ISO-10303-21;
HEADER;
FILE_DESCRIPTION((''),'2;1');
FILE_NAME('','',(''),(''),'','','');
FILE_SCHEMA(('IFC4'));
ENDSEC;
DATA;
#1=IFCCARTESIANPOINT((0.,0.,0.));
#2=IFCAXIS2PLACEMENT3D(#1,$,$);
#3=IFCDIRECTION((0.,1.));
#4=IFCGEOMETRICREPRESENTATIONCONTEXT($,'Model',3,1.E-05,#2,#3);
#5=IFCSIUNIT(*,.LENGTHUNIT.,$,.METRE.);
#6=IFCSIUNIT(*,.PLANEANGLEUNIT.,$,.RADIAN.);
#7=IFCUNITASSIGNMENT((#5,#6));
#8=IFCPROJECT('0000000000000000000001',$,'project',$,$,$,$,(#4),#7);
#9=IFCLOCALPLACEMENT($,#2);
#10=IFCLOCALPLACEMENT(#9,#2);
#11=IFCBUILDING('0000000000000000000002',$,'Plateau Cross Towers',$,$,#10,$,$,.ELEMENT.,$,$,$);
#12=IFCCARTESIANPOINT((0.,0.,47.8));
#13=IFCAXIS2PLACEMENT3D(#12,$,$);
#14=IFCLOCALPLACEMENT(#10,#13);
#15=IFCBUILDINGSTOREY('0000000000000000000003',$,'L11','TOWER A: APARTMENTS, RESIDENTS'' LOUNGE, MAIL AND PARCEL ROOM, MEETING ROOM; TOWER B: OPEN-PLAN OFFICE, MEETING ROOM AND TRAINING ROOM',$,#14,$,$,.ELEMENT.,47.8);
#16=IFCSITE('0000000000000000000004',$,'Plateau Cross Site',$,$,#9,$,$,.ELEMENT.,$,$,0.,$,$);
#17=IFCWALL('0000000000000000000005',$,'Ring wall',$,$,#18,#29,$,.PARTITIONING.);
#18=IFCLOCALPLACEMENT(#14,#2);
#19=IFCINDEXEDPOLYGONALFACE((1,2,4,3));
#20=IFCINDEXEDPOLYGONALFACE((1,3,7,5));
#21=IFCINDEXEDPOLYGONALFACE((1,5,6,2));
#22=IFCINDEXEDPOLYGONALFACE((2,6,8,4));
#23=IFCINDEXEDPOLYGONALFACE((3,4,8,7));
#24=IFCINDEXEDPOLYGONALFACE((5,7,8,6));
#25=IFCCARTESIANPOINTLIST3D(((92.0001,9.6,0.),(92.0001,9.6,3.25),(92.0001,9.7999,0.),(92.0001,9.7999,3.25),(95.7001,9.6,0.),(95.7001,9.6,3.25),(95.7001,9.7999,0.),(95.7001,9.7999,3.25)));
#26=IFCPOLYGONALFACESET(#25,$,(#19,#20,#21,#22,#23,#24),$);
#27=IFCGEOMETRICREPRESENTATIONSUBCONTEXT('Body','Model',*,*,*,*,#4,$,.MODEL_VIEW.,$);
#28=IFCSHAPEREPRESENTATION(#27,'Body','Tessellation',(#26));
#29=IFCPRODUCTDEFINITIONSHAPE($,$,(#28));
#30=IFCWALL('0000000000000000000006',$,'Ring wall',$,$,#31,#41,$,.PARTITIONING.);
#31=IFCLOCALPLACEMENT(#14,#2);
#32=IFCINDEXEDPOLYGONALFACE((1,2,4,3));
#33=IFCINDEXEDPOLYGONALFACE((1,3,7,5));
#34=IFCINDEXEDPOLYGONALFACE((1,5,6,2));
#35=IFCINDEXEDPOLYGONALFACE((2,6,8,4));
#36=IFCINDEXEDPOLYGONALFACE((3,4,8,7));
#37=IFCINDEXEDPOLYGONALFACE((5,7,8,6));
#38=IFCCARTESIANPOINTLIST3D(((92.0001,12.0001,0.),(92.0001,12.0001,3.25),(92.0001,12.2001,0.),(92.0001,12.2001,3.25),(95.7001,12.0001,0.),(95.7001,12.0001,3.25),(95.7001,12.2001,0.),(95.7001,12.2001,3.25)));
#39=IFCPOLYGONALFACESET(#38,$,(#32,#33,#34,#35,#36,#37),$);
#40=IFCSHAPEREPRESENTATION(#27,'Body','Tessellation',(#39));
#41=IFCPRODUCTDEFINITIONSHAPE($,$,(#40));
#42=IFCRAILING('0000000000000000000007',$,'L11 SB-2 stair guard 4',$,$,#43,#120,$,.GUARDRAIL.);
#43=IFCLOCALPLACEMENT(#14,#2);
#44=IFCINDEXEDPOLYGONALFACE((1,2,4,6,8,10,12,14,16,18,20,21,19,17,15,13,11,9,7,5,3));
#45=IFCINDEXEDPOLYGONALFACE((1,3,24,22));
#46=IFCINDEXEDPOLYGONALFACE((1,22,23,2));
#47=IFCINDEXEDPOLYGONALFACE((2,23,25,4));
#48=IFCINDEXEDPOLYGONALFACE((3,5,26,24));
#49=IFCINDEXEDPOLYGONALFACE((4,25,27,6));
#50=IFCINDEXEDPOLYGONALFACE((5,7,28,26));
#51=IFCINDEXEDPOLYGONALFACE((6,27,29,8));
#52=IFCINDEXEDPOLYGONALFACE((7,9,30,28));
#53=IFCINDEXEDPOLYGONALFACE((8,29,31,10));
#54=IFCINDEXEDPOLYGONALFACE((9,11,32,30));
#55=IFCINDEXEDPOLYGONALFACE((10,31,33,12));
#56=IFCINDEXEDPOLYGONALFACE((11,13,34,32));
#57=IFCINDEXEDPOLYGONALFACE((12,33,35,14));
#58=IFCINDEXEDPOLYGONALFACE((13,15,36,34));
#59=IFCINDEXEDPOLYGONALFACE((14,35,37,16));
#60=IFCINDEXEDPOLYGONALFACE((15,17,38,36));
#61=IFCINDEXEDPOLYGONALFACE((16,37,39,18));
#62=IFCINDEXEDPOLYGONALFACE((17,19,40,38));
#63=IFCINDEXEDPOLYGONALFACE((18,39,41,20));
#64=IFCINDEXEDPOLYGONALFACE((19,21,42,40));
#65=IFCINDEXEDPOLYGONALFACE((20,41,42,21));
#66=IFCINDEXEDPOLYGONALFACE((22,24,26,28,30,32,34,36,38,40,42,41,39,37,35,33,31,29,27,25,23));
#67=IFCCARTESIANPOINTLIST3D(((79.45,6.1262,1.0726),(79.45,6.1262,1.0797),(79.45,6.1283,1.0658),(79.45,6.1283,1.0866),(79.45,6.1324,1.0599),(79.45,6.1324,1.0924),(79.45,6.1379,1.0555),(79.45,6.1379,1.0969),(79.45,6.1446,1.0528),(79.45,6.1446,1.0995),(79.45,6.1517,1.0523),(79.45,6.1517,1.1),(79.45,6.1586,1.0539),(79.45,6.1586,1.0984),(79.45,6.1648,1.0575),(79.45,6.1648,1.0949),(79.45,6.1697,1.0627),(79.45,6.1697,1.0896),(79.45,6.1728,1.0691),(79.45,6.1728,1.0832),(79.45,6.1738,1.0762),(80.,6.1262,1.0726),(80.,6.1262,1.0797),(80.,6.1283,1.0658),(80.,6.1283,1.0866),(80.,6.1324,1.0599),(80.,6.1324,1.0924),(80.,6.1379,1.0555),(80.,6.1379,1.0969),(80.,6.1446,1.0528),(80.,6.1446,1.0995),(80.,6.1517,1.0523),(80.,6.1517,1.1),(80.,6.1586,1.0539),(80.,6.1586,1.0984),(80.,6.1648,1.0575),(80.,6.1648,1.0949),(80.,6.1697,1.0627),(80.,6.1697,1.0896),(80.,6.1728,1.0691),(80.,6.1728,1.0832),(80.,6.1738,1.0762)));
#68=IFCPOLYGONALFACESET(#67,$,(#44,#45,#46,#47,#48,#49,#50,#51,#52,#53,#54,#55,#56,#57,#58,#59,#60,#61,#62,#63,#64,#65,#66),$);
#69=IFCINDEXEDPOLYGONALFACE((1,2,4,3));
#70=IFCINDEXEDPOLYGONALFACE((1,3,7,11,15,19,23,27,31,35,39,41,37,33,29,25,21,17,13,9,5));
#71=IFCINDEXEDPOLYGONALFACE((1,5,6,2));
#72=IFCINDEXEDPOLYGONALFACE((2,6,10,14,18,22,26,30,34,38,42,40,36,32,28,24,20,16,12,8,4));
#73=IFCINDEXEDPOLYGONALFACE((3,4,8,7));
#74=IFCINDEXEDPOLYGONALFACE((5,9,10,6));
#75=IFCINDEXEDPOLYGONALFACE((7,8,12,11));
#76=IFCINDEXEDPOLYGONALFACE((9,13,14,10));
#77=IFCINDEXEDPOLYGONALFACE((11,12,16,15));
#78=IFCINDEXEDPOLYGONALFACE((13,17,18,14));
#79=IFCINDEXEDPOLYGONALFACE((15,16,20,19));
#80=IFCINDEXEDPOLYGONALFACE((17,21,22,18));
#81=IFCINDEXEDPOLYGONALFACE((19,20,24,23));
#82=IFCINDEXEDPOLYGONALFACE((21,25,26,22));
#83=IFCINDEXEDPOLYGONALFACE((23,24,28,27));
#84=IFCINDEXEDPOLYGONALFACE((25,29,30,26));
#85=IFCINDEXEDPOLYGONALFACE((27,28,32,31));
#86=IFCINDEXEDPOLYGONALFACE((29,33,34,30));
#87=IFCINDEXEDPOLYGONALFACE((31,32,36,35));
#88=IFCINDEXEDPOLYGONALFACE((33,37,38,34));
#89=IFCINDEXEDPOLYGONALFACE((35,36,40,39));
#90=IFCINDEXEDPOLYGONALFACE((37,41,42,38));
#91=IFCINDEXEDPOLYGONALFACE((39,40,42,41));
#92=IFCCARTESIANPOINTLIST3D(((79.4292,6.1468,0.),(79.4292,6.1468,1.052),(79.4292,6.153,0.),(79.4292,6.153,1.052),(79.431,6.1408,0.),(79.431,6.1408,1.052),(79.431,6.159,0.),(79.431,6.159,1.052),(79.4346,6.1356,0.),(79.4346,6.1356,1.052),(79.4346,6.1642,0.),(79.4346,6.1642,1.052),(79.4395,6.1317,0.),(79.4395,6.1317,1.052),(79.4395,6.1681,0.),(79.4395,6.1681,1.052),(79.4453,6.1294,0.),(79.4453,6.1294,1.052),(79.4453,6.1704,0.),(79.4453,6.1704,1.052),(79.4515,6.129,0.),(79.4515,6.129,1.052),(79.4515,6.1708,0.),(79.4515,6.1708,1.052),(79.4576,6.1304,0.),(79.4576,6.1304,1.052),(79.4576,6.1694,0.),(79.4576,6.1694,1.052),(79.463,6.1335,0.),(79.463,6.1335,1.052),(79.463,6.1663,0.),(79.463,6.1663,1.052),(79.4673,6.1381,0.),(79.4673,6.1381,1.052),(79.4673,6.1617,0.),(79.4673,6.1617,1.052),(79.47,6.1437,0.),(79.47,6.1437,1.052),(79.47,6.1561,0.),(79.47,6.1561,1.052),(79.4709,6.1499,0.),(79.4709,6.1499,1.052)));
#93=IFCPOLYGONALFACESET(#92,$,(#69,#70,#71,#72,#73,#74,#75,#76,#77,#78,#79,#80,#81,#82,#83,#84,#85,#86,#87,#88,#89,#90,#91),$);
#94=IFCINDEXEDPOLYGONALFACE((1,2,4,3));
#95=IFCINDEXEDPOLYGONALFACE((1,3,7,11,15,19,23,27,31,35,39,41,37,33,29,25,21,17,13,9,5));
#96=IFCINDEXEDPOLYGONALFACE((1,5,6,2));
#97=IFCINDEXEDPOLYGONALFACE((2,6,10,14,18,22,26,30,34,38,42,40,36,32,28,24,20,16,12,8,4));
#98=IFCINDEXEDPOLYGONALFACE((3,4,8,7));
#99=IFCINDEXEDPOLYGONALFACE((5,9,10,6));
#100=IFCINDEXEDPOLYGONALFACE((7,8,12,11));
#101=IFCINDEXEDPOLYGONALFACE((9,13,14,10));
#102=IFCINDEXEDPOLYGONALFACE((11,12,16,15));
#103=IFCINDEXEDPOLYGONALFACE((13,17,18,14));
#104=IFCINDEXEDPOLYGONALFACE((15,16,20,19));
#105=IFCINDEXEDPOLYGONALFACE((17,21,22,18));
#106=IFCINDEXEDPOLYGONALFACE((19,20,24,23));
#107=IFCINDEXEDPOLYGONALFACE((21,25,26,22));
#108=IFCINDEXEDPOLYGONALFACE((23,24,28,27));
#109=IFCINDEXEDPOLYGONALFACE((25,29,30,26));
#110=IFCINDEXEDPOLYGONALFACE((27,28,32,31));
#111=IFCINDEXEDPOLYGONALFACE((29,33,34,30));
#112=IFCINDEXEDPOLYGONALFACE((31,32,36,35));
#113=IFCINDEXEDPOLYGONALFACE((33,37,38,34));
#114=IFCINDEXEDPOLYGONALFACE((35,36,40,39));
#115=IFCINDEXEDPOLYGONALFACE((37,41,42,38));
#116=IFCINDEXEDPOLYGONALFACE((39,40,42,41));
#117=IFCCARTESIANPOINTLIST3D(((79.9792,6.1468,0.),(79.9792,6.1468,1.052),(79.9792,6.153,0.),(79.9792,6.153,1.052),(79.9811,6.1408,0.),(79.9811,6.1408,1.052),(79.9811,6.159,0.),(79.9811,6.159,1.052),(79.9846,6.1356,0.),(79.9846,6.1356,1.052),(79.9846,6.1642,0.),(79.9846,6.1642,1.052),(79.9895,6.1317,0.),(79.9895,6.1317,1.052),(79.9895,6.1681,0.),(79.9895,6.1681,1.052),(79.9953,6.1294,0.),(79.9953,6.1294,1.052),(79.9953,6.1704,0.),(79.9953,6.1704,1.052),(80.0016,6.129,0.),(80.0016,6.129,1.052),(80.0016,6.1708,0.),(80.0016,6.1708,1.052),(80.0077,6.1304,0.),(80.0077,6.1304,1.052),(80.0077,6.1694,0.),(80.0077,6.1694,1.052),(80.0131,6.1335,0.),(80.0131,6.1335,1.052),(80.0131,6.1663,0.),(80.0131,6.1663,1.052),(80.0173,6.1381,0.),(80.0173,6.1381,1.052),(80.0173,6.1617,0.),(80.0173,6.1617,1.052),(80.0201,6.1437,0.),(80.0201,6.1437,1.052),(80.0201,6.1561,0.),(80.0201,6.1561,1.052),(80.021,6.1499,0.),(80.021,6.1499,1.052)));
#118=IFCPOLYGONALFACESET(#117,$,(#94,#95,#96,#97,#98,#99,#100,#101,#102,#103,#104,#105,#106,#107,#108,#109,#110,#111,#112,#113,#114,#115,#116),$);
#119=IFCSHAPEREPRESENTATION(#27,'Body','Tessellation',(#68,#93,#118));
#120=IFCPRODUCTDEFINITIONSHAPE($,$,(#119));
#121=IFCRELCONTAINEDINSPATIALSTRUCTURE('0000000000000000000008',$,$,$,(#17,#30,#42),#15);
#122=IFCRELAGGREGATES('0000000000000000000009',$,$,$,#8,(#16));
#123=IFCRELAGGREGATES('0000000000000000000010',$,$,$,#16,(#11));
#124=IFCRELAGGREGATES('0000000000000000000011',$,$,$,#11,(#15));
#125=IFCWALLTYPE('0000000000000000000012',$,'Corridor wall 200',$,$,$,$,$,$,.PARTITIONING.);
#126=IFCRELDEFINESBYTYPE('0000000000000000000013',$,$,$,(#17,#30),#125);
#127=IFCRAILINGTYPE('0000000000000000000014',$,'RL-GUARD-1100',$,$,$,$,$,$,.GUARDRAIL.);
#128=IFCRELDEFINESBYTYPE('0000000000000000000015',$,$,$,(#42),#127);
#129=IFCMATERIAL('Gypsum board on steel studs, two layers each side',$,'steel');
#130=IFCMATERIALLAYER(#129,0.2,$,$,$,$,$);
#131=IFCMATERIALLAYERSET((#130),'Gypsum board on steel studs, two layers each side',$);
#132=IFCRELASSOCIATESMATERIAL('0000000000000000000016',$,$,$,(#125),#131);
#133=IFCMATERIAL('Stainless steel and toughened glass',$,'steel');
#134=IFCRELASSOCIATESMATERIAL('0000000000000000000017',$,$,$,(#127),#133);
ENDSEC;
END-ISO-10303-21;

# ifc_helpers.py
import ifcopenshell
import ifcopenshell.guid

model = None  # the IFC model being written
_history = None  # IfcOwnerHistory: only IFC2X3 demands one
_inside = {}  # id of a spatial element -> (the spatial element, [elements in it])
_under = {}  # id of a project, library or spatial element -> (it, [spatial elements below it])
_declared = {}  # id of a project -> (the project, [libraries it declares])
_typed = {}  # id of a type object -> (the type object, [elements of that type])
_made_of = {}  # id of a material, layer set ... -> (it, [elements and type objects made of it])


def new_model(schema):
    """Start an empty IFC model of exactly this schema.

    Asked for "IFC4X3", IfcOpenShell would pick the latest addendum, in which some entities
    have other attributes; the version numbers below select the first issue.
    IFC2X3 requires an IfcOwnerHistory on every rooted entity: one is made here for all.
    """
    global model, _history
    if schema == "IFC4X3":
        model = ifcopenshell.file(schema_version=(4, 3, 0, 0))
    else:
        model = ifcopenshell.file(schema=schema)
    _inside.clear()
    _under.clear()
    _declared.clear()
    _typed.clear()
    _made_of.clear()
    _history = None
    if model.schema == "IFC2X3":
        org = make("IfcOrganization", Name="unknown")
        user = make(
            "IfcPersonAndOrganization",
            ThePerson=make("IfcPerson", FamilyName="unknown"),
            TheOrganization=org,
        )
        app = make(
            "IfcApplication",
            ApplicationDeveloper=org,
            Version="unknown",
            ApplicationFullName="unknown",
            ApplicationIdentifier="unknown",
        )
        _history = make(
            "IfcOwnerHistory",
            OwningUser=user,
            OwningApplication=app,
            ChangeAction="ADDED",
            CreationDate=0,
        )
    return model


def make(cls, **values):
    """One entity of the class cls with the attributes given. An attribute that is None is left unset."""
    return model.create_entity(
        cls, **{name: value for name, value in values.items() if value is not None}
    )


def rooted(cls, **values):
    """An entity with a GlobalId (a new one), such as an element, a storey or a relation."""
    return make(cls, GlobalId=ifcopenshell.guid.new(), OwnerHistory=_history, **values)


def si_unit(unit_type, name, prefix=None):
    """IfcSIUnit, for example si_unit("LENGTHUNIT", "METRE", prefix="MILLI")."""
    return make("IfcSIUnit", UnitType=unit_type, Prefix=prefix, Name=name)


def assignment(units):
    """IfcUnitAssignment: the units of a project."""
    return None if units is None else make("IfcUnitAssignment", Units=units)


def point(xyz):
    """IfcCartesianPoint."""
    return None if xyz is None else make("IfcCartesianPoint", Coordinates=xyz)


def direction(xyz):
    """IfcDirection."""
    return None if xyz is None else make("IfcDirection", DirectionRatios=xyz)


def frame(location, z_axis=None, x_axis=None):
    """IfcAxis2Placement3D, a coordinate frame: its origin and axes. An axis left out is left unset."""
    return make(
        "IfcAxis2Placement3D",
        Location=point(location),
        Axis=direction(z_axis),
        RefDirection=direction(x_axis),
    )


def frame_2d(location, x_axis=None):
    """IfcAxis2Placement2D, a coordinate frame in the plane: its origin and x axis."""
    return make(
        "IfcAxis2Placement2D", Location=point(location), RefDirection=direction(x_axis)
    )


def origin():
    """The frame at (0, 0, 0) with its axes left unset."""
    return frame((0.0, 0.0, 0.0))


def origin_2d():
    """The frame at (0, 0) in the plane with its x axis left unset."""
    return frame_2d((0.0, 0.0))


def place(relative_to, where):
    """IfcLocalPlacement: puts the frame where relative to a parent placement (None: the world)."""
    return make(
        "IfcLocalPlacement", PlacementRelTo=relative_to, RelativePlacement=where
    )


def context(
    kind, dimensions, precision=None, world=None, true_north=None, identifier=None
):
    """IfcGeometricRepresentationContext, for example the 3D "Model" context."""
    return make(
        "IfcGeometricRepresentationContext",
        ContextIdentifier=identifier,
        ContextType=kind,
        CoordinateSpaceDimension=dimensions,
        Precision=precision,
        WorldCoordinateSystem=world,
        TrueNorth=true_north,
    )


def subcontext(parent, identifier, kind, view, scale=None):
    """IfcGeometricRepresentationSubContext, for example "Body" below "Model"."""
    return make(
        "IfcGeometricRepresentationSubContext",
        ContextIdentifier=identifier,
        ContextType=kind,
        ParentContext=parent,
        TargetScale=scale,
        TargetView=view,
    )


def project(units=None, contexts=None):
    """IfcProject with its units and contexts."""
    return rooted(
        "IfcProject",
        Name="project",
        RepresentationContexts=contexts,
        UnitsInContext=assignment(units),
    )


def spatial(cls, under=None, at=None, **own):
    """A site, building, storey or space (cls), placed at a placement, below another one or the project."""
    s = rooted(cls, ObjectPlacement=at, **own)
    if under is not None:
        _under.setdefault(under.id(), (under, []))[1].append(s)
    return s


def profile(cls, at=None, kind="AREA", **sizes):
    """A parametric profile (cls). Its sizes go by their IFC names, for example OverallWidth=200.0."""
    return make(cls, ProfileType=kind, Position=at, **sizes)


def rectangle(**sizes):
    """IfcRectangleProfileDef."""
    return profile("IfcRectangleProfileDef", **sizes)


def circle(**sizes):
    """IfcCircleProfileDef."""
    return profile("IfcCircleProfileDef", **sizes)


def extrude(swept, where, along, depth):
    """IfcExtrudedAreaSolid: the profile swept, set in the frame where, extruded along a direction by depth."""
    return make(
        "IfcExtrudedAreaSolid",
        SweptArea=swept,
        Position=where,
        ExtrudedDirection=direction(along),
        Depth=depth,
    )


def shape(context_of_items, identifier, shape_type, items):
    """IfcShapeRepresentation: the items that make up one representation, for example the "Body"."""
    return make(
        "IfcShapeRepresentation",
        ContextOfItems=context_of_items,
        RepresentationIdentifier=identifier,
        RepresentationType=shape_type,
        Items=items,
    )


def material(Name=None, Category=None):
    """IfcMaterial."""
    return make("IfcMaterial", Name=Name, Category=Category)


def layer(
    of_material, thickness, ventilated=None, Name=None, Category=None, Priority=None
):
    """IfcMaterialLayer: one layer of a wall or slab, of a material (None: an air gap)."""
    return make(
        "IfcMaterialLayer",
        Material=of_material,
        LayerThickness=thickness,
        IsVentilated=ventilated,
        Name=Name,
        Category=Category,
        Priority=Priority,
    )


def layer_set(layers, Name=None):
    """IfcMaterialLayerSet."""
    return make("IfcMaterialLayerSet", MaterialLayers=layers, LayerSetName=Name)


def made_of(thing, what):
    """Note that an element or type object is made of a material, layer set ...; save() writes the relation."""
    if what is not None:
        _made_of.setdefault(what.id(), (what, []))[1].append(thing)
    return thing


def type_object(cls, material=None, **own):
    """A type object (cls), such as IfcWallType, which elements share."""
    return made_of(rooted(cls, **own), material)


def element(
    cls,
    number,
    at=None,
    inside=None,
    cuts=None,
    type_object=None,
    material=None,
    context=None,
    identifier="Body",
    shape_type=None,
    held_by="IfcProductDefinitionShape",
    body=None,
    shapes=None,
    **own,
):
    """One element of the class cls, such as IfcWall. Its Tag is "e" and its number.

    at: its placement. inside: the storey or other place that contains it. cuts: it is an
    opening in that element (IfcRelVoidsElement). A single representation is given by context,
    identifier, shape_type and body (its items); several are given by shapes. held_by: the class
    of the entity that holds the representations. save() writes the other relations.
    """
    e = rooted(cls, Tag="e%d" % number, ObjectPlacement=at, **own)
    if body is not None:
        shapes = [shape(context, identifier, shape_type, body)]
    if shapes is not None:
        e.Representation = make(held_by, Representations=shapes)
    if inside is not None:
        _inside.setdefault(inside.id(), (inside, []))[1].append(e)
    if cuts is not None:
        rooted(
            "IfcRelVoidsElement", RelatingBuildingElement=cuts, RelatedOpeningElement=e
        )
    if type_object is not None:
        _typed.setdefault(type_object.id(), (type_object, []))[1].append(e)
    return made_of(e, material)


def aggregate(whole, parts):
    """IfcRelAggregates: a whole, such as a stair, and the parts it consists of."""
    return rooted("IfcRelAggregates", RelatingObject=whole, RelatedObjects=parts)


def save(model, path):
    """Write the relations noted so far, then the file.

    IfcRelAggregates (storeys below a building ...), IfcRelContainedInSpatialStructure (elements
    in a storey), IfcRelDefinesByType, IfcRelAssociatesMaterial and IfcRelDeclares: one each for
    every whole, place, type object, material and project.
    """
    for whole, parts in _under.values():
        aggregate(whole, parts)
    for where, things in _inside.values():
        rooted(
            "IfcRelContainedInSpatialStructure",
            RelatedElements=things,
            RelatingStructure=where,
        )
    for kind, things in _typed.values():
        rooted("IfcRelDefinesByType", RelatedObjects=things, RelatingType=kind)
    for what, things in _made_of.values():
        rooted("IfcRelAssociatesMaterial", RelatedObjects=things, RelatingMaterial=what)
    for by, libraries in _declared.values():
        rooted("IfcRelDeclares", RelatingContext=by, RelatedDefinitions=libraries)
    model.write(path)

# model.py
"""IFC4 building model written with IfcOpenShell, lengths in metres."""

from ifc_helpers import new_model, si_unit, direction, frame, frame_2d, origin, origin_2d, place, context, subcontext, project, spatial, rectangle, circle, extrude, material, layer, layer_set, type_object, element, save


model = new_model("IFC4")

# Units and contexts
model_context = context("Model", 3, precision=1e-05, world=origin(), true_north=direction((0.0, 1.0)))
body_context = subcontext(model_context, "Body", "Model", "MODEL_VIEW")
ifc_project = project(units=[si_unit("LENGTHUNIT", "METRE"), si_unit("PLANEANGLEUNIT", "RADIAN")], contexts=[model_context])

# Site, building, storey
site_placement = place(None, origin())
site = spatial("IfcSite", under=ifc_project, at=site_placement, Name="Plateau Cross Site", CompositionType="ELEMENT", RefElevation=0.0)
building_placement = place(site_placement, origin())
building = spatial("IfcBuilding", under=site, at=building_placement, Name="Plateau Cross Towers", CompositionType="ELEMENT")
storey_placement = place(building_placement, frame((0.0, 0.0, 47.8)))
storey = spatial("IfcBuildingStorey", under=building, at=storey_placement, Name="L11", Description="TOWER A: APARTMENTS, RESIDENTS' LOUNGE, MAIL AND PARCEL ROOM, MEETING ROOM; TOWER B: OPEN-PLAN OFFICE, MEETING ROOM AND TRAINING ROOM", CompositionType="ELEMENT", Elevation=47.8)

# Shared definitions
ifc_material_1 = material(Name="Gypsum board on steel studs, two layers each side", Category="steel")
ifc_layer_1 = layer(ifc_material_1, 0.2)
ifc_layer_set_1 = layer_set([ifc_layer_1], Name="Gypsum board on steel studs, two layers each side")
wall_type_1 = type_object("IfcWallType", Name="Corridor wall 200", PredefinedType="PARTITIONING", material=ifc_layer_set_1)

# Walls
for number, where, z_axis, x_axis, name in (
    (1, (92.0, 9.7, 0.0), (0.0, 0.0, 1.0), (1.0, 0.0, 0.0), "Ring wall"),
    (2, (92.0, 12.1001, 0.0), (0.0, 0.0, 1.0), (1.0, 0.0, 0.0), "Ring wall"),
):
    element("IfcWall", number, at=place(storey_placement, frame(where, z_axis=z_axis, x_axis=x_axis)), inside=storey, type_object=wall_type_1, Name=name, PredefinedType="PARTITIONING", context=body_context, shape_type="SweptSolid", body=[
        extrude(rectangle(XDim=3.7, YDim=0.2, at=frame_2d((1.8501, 0.0))), origin(), (0.0, 0.0, 1.0), 3.25),
    ])

# Railing
ifc_material_2 = material(Name="Stainless steel and toughened glass", Category="steel")
railing_type = type_object("IfcRailingType", Name="RL-GUARD-1100", PredefinedType="GUARDRAIL", material=ifc_material_2)
railing_placement = place(storey_placement, frame((79.45, 6.1499, 0.0)))
element("IfcRailing", 3, at=railing_placement, inside=storey, type_object=railing_type, Name="L11 SB-2 stair guard 4", PredefinedType="GUARDRAIL", context=body_context, shape_type="SweptSolid", body=[
    extrude(circle(Radius=0.0239, at=origin_2d()), frame((0.0, 0.0, 1.0762), z_axis=(1.0, 0.0, 0.0), x_axis=(0.0, 1.0, 0.0)), (0.0, 0.0, 1.0), 0.55),
    extrude(circle(Radius=0.021, at=origin_2d()), origin(), (0.0, 0.0, 1.0), 1.052),
    extrude(circle(Radius=0.021, at=origin_2d()), frame((0.55, 0.0, 0.0)), (0.0, 0.0, 1.0), 1.052),
])

save(model, "model.ifc")
